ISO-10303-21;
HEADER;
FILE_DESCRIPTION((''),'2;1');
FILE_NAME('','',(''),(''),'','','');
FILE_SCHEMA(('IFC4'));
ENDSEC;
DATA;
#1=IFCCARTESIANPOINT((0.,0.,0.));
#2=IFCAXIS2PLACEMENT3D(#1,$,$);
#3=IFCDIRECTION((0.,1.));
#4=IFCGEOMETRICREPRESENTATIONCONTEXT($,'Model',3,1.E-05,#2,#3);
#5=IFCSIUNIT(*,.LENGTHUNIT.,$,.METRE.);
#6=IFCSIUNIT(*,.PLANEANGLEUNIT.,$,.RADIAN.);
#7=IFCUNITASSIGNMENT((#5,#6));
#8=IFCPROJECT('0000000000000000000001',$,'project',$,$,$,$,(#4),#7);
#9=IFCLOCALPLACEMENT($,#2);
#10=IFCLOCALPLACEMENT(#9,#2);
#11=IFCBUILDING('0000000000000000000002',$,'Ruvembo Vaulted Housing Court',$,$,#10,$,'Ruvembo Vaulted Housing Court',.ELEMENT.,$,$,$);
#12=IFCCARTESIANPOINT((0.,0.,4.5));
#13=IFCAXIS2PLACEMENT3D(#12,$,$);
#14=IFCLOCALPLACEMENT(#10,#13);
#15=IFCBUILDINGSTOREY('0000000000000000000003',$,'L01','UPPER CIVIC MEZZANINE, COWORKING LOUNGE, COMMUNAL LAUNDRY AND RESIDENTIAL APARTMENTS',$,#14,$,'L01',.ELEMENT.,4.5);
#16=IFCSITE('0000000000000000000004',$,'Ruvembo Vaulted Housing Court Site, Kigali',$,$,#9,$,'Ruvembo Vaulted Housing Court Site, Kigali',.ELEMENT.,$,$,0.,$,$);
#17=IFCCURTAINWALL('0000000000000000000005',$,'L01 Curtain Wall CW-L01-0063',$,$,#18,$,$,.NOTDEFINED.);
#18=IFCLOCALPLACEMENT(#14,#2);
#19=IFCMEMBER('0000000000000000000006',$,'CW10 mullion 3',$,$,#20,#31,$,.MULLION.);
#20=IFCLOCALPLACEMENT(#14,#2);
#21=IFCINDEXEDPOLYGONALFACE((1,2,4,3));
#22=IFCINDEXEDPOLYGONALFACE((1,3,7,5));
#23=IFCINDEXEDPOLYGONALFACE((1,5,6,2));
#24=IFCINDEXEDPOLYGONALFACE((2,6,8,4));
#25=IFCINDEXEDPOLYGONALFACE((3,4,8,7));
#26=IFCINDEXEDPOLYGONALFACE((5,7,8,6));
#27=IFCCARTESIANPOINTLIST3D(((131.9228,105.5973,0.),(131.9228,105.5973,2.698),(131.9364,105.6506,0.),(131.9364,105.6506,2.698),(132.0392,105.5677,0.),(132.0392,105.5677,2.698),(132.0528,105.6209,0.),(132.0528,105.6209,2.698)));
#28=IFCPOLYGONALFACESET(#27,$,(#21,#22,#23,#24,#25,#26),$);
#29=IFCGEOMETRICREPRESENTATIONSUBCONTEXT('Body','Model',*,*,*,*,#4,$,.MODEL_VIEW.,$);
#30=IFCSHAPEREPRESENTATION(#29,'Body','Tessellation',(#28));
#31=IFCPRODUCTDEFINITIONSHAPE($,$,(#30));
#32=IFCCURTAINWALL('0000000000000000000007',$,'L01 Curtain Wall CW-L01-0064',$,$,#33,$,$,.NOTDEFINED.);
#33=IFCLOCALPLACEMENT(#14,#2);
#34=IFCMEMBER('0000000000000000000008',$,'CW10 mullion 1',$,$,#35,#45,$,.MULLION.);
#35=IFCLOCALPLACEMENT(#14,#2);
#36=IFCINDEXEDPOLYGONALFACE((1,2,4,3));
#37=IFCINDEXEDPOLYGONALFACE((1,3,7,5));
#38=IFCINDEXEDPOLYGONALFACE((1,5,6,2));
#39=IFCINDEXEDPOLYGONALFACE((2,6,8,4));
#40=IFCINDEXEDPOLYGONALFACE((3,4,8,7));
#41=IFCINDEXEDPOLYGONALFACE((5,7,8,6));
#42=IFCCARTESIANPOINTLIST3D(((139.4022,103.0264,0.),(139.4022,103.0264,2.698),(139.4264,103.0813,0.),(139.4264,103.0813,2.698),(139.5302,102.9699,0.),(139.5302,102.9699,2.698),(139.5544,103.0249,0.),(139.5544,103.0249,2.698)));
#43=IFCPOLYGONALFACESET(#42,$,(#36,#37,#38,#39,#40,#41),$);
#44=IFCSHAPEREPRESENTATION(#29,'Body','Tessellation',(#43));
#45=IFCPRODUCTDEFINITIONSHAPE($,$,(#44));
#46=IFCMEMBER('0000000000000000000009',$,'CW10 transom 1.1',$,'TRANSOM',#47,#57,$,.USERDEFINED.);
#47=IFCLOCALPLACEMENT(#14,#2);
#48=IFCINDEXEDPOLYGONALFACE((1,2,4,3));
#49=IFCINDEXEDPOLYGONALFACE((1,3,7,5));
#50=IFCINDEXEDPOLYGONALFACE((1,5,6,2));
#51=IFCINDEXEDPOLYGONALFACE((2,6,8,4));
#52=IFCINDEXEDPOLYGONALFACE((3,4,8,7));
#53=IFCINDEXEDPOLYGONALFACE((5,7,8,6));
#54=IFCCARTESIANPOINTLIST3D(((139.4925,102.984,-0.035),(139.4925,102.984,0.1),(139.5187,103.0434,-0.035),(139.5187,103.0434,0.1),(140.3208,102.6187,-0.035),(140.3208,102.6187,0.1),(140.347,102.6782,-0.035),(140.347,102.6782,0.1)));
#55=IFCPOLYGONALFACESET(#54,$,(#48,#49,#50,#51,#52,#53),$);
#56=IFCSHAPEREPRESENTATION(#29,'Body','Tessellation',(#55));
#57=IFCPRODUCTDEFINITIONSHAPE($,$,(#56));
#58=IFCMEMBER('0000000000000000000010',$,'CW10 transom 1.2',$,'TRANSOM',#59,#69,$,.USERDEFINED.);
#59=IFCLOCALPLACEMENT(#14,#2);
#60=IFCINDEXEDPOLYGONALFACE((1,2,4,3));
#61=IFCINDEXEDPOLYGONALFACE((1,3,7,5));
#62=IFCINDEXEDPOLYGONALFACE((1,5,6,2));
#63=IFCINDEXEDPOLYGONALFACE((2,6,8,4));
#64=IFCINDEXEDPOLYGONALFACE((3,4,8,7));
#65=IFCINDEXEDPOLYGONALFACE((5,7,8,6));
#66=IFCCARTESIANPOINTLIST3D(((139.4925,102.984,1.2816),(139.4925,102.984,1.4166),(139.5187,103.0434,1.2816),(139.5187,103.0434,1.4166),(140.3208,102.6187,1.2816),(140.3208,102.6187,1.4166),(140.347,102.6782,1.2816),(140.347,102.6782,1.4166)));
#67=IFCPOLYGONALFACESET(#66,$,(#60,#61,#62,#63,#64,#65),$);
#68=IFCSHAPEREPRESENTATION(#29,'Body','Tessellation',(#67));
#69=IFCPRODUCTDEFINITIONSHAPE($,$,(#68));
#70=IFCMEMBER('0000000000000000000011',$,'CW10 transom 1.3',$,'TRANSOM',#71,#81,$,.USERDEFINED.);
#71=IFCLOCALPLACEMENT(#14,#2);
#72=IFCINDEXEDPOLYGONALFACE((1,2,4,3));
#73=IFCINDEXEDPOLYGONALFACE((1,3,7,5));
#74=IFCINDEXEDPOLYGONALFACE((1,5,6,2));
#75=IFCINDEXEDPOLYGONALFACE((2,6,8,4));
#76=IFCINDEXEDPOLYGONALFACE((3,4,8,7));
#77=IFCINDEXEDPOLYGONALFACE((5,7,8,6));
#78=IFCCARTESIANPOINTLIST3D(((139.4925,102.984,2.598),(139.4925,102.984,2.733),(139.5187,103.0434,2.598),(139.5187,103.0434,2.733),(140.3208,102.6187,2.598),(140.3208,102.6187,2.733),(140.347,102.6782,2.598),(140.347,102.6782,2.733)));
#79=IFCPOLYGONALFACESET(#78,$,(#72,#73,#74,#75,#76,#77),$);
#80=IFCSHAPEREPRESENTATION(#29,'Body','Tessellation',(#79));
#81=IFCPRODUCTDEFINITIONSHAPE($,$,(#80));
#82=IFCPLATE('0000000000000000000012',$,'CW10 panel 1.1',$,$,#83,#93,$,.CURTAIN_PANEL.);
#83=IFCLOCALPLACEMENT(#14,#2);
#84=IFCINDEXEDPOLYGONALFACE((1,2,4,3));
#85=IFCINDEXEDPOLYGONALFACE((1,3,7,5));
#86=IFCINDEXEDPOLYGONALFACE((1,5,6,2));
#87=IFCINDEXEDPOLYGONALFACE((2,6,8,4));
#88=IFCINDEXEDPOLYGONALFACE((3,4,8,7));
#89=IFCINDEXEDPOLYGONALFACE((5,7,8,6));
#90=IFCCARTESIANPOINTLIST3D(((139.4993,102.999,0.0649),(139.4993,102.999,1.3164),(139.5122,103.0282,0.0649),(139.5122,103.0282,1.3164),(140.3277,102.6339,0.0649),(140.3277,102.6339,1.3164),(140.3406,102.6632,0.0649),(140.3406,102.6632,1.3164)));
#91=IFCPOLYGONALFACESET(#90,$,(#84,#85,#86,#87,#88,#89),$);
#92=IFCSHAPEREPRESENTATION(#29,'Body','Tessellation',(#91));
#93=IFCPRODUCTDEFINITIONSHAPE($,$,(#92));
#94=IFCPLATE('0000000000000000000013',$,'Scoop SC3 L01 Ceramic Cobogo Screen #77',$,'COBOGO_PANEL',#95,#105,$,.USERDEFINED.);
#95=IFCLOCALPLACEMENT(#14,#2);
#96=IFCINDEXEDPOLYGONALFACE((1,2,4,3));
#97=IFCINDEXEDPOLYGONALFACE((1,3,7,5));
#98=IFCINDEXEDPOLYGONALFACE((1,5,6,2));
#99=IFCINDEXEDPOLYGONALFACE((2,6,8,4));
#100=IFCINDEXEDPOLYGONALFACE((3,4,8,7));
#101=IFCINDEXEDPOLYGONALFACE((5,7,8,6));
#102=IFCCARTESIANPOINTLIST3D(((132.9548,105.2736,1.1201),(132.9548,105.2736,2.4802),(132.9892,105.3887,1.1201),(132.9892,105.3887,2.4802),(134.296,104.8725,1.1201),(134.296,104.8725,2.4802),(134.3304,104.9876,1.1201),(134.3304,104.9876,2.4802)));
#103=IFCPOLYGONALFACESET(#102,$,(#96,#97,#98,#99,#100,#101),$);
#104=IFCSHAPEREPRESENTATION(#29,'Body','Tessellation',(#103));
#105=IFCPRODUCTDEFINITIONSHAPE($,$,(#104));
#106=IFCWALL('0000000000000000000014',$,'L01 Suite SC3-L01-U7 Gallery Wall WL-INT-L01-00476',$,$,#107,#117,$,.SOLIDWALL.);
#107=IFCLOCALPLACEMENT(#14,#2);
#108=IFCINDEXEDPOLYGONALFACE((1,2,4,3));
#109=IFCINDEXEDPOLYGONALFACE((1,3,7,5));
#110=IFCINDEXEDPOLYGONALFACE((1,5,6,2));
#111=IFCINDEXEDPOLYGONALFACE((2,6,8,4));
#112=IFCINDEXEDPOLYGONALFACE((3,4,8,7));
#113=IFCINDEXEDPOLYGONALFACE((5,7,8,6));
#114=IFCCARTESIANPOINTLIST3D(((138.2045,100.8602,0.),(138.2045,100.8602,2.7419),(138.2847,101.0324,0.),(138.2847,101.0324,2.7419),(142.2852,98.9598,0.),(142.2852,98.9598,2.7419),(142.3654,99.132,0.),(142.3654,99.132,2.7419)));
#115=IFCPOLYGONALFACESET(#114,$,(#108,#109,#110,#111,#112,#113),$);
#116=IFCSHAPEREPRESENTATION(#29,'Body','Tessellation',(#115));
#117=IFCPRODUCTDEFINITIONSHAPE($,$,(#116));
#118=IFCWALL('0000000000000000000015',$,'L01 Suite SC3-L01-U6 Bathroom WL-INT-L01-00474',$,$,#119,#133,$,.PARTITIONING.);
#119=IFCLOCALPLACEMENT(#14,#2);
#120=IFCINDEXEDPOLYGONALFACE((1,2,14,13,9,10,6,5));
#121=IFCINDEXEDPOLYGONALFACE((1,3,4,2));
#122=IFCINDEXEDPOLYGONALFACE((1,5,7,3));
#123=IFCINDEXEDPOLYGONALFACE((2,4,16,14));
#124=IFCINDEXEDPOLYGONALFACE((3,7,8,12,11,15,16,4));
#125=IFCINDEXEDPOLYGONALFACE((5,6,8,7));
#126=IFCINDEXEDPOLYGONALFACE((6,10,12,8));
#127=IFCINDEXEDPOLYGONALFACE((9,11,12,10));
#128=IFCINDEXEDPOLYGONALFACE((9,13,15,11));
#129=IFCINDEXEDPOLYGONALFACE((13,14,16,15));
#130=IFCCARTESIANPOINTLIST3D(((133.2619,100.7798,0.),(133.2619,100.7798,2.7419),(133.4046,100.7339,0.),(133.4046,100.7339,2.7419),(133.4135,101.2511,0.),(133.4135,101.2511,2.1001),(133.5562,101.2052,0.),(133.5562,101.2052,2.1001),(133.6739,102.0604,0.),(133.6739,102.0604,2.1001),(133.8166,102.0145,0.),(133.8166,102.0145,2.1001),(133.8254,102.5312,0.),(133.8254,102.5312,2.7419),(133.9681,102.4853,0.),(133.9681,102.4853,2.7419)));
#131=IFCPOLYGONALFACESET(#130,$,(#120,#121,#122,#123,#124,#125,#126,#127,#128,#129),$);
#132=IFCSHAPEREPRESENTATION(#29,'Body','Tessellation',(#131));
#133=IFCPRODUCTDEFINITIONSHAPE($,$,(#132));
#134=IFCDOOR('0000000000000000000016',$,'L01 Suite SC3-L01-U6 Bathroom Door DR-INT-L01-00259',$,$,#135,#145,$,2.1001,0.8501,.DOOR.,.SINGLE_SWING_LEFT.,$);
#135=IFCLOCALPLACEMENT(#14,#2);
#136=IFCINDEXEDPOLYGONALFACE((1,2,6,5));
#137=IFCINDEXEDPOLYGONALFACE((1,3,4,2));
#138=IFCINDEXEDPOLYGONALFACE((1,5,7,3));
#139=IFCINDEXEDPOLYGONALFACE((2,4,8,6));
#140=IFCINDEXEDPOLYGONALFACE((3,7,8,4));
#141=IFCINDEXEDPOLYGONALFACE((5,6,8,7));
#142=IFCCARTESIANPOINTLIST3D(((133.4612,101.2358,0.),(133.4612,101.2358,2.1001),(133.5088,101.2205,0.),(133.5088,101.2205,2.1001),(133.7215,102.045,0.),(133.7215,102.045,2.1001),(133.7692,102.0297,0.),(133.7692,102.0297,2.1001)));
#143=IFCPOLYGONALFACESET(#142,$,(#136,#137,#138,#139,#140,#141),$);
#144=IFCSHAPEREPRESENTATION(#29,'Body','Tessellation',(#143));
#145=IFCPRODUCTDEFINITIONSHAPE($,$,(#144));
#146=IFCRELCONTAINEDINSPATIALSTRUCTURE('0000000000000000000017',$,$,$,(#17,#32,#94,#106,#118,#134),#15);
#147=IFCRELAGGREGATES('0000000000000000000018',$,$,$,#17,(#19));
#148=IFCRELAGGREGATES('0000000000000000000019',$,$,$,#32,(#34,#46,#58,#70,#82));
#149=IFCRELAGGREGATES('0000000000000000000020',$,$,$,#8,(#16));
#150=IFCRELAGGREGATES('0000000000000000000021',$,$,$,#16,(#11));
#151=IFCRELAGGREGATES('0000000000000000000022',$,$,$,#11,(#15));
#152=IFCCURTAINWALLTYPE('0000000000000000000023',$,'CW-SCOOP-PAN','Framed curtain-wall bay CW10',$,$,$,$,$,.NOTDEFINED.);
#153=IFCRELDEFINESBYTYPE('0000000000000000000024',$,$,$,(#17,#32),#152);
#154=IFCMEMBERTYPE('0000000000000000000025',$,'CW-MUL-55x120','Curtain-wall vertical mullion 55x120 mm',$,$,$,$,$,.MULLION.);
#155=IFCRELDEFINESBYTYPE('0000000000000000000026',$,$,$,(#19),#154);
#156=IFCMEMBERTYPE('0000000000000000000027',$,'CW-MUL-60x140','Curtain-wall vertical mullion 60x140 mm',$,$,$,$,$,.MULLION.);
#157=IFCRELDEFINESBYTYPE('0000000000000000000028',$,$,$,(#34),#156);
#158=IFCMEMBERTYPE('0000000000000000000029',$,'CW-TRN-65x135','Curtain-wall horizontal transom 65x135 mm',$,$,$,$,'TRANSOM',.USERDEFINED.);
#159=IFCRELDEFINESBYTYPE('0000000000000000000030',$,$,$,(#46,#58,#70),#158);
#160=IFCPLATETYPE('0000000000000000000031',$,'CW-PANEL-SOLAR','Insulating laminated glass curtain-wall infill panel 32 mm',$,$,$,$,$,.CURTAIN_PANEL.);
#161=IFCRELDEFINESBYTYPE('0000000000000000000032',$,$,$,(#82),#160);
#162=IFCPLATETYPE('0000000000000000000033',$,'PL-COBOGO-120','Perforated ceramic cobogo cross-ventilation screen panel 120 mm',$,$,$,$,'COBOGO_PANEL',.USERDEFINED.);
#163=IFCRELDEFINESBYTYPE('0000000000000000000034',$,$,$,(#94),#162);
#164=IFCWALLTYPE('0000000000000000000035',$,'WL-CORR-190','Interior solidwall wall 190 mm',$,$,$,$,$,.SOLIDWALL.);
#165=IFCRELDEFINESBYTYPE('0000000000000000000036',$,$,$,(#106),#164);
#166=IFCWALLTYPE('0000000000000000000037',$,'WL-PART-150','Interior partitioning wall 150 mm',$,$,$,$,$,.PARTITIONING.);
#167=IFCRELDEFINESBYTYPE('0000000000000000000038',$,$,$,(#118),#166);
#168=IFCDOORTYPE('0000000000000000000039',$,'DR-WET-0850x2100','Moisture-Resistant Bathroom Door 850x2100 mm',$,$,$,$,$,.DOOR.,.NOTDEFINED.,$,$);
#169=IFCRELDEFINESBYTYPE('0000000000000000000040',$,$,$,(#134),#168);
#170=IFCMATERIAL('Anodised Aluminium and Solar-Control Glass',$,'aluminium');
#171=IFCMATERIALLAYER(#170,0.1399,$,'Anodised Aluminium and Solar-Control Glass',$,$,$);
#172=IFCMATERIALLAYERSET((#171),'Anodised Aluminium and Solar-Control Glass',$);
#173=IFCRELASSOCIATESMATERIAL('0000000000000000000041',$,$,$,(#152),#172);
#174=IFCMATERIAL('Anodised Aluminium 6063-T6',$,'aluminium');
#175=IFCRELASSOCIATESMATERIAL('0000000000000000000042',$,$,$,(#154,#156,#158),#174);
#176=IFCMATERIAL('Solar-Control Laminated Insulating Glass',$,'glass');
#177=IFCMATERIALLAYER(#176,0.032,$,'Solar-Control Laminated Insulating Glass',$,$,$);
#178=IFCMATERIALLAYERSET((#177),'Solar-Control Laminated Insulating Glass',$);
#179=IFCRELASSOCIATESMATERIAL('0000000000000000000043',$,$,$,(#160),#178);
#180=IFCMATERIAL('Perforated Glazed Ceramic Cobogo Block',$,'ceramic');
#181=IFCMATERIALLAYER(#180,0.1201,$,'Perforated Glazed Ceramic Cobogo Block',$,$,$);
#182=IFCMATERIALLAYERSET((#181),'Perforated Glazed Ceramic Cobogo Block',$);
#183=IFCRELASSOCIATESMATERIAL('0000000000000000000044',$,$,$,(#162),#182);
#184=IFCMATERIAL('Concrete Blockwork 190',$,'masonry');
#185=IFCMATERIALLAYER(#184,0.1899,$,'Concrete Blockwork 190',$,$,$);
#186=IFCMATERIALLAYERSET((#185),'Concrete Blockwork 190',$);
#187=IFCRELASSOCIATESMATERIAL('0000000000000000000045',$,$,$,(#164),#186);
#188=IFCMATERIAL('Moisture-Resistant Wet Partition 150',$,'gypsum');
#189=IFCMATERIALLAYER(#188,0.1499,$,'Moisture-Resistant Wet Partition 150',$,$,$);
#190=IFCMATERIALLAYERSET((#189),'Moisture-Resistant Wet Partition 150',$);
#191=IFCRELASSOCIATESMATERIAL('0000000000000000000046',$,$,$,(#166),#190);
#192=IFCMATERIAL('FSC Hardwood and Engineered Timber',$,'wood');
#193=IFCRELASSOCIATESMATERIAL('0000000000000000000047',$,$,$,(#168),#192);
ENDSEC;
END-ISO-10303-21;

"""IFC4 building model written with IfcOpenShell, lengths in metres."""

from ifc_helpers import new_model, si_unit, direction, frame, frame_2d, origin, origin_2d, place, context, subcontext, project, spatial, rectangle, extrude, material, layer, layer_set, material_profile, profile_set, type_object, element, fill, aggregate, save


model = new_model("IFC4")

# Units and contexts
model_context = context("Model", 3, precision=1e-05, world=origin(), true_north=direction((0.0, 1.0)))
body_context = subcontext(model_context, "Body", "Model", "MODEL_VIEW")
ifc_project = project(units=[si_unit("LENGTHUNIT", "METRE"), si_unit("PLANEANGLEUNIT", "RADIAN")], contexts=[model_context])

# Site, building, storey
site_placement = place(None, origin())
site = spatial("IfcSite", under=ifc_project, at=site_placement, Name="Ruvembo Vaulted Housing Court Site, Kigali", LongName="Ruvembo Vaulted Housing Court Site, Kigali", CompositionType="ELEMENT", RefElevation=0.0)
building_placement = place(site_placement, origin())
building = spatial("IfcBuilding", under=site, at=building_placement, Name="Ruvembo Vaulted Housing Court", LongName="Ruvembo Vaulted Housing Court", CompositionType="ELEMENT")
storey_placement = place(building_placement, frame((0.0, 0.0, 4.5)))
storey = spatial("IfcBuildingStorey", under=building, at=storey_placement, Name="L01", Description="UPPER CIVIC MEZZANINE, COWORKING LOUNGE, COMMUNAL LAUNDRY AND RESIDENTIAL APARTMENTS", LongName="L01", CompositionType="ELEMENT", Elevation=4.5)

# Curtain wall, member
ifc_material_1 = material(Name="Anodised Aluminium and Solar-Control Glass", Category="aluminium")
ifc_layer_1 = layer(ifc_material_1, 0.1399, Name="Anodised Aluminium and Solar-Control Glass")
ifc_layer_set_1 = layer_set([ifc_layer_1], Name="Anodised Aluminium and Solar-Control Glass")
curtain_wall_type = type_object("IfcCurtainWallType", Name="CW-SCOOP-PAN", Description="Framed curtain-wall bay CW10", PredefinedType="NOTDEFINED", material=ifc_layer_set_1)
curtain_wall_1_placement = place(storey_placement, origin())
curtain_wall_1 = element("IfcCurtainWall", 1, at=curtain_wall_1_placement, inside=storey, type_object=curtain_wall_type, Name="L01 Curtain Wall CW-L01-0063", PredefinedType="NOTDEFINED")
ifc_material_2 = material(Name="Anodised Aluminium 6063-T6", Category="aluminium")
ifc_material_profile_1 = material_profile(ifc_material_2, rectangle(XDim=0.0549, YDim=0.1201, at=origin_2d()), Name="ALU 55x120")
ifc_profile_set_1 = profile_set([ifc_material_profile_1], Name="Anodised Aluminium 6063-T6")
member_type_1 = type_object("IfcMemberType", Name="CW-MUL-55x120", Description="Curtain-wall vertical mullion 55x120 mm", PredefinedType="MULLION", material=ifc_profile_set_1)
member_1_placement = place(storey_placement, frame((131.9878, 105.6091, 0.0), z_axis=(0.0, 0.0, 1.0), x_axis=(0.246481, 0.969148, 0.0)))
member_1 = element("IfcMember", 2, at=member_1_placement, type_object=member_type_1, Name="CW10 mullion 3", PredefinedType="MULLION", context=body_context, shape_type="SweptSolid", body=[
    extrude(rectangle(XDim=0.0549, YDim=0.1201, at=origin_2d()), origin(), (0.0, 0.0, 1.0), 2.698),
])
aggregate(curtain_wall_1, [member_1])

# Curtain wall, members, plate
curtain_wall_2_placement = place(storey_placement, origin())
curtain_wall_2 = element("IfcCurtainWall", 3, at=curtain_wall_2_placement, inside=storey, type_object=curtain_wall_type, Name="L01 Curtain Wall CW-L01-0064", PredefinedType="NOTDEFINED")
ifc_material_profile_2 = material_profile(ifc_material_2, rectangle(XDim=0.0601, YDim=0.1399, at=origin_2d()), Name="ALU 60x140")
ifc_profile_set_2 = profile_set([ifc_material_profile_2], Name="Anodised Aluminium 6063-T6")
member_type_2 = type_object("IfcMemberType", Name="CW-MUL-60x140", Description="Curtain-wall vertical mullion 60x140 mm", PredefinedType="MULLION", material=ifc_profile_set_2)
member_2_placement = place(storey_placement, frame((139.4783, 103.0256, 0.0), z_axis=(0.0, 0.0, 1.0), x_axis=(0.403265, 0.915083, 0.0)))
member_2 = element("IfcMember", 4, at=member_2_placement, type_object=member_type_2, Name="CW10 mullion 1", PredefinedType="MULLION", context=body_context, shape_type="SweptSolid", body=[
    extrude(rectangle(XDim=0.0601, YDim=0.1399, at=origin_2d()), origin(), (0.0, 0.0, 1.0), 2.698),
])
ifc_material_profile_3 = material_profile(ifc_material_2, rectangle(XDim=0.0649, YDim=0.135, at=origin_2d()), Name="ALU 65x135")
ifc_profile_set_3 = profile_set([ifc_material_profile_3], Name="Anodised Aluminium 6063-T6")
member_type_3 = type_object("IfcMemberType", Name="CW-TRN-65x135", Description="Curtain-wall horizontal transom 65x135 mm", ElementType="TRANSOM", PredefinedType="USERDEFINED", material=ifc_profile_set_3)
member_3_placement = place(storey_placement, frame((139.5056, 103.0137, 0.0325), z_axis=(0.915009, -0.403434, 0.0), x_axis=(0.403434, 0.915009, 0.0)))
member_3 = element("IfcMember", 5, at=member_3_placement, type_object=member_type_3, Name="CW10 transom 1.1", ObjectType="TRANSOM", PredefinedType="USERDEFINED", context=body_context, shape_type="SweptSolid", body=[
    extrude(rectangle(XDim=0.0649, YDim=0.135, at=origin_2d()), origin(), (0.0, 0.0, 1.0), 0.9053),
])
member_4_placement = place(storey_placement, frame((139.5056, 103.0137, 1.3491), z_axis=(0.915009, -0.403434, 0.0), x_axis=(0.403434, 0.915009, 0.0)))
member_4 = element("IfcMember", 6, at=member_4_placement, type_object=member_type_3, Name="CW10 transom 1.2", ObjectType="TRANSOM", PredefinedType="USERDEFINED", context=body_context, shape_type="SweptSolid", body=[
    extrude(rectangle(XDim=0.0649, YDim=0.135, at=origin_2d()), origin(), (0.0, 0.0, 1.0), 0.9053),
])
member_5_placement = place(storey_placement, frame((139.5056, 103.0137, 2.6655), z_axis=(0.915009, -0.403434, 0.0), x_axis=(0.403434, 0.915009, 0.0)))
member_5 = element("IfcMember", 7, at=member_5_placement, type_object=member_type_3, Name="CW10 transom 1.3", ObjectType="TRANSOM", PredefinedType="USERDEFINED", context=body_context, shape_type="SweptSolid", body=[
    extrude(rectangle(XDim=0.0649, YDim=0.135, at=origin_2d()), origin(), (0.0, 0.0, 1.0), 0.9053),
])
ifc_material_3 = material(Name="Solar-Control Laminated Insulating Glass", Category="glass")
ifc_layer_2 = layer(ifc_material_3, 0.032, Name="Solar-Control Laminated Insulating Glass")
ifc_layer_set_2 = layer_set([ifc_layer_2], Name="Solar-Control Laminated Insulating Glass")
plate_type_1 = type_object("IfcPlateType", Name="CW-PANEL-SOLAR", Description="Insulating laminated glass curtain-wall infill panel 32 mm", PredefinedType="CURTAIN_PANEL", material=ifc_layer_set_2)
plate_1_placement = place(storey_placement, frame((139.9199, 102.8311, 0.0649), z_axis=(0.0, 0.0, 1.0), x_axis=(0.915083, -0.403265, 0.0)))
plate_1 = element("IfcPlate", 8, at=plate_1_placement, type_object=plate_type_1, Name="CW10 panel 1.1", PredefinedType="CURTAIN_PANEL", context=body_context, shape_type="SweptSolid", body=[
    extrude(rectangle(XDim=0.9053, YDim=0.032, at=origin_2d()), origin(), (0.0, 0.0, 1.0), 1.2515),
])
aggregate(curtain_wall_2, [member_2, member_3, member_4, member_5, plate_1])

# Plate
ifc_material_4 = material(Name="Perforated Glazed Ceramic Cobogo Block", Category="ceramic")
ifc_layer_3 = layer(ifc_material_4, 0.1201, Name="Perforated Glazed Ceramic Cobogo Block")
ifc_layer_set_3 = layer_set([ifc_layer_3], Name="Perforated Glazed Ceramic Cobogo Block")
plate_type_2 = type_object("IfcPlateType", Name="PL-COBOGO-120", Description="Perforated ceramic cobogo cross-ventilation screen panel 120 mm", ElementType="COBOGO_PANEL", PredefinedType="USERDEFINED", material=ifc_layer_set_3)
plate_2_placement = place(storey_placement, frame((133.6426, 105.1306, 1.1201), z_axis=(0.0, 0.0, 1.0), x_axis=(0.958078, -0.286508, 0.0)))
element("IfcPlate", 9, at=plate_2_placement, inside=storey, type_object=plate_type_2, Name="Scoop SC3 L01 Ceramic Cobogo Screen #77", ObjectType="COBOGO_PANEL", PredefinedType="USERDEFINED", context=body_context, shape_type="SweptSolid", body=[
    extrude(rectangle(XDim=1.3999, YDim=0.1201, at=origin_2d()), origin(), (0.0, 0.0, 1.0), 1.3601),
])

# Shared definitions
ifc_material_5 = material(Name="Concrete Blockwork 190", Category="masonry")
ifc_layer_4 = layer(ifc_material_5, 0.1899, Name="Concrete Blockwork 190")
ifc_layer_set_4 = layer_set([ifc_layer_4], Name="Concrete Blockwork 190")
wall_type_1 = type_object("IfcWallType", Name="WL-CORR-190", Description="Interior solidwall wall 190 mm", PredefinedType="SOLIDWALL", material=ifc_layer_set_4)
ifc_material_6 = material(Name="FSC Hardwood and Engineered Timber", Category="wood")

# Wall
wall_1_placement = place(storey_placement, frame((138.2446, 100.9463, 0.0), z_axis=(0.0, 0.0, 1.0), x_axis=(0.906513, -0.422179, 0.0)))
element("IfcWall", 10, at=wall_1_placement, inside=storey, type_object=wall_type_1, Name="L01 Suite SC3-L01-U7 Gallery Wall WL-INT-L01-00476", PredefinedType="SOLIDWALL", context=body_context, shape_type="SweptSolid", body=[
    extrude(rectangle(XDim=4.5015, YDim=0.1899, at=frame_2d((2.2507, 0.0))), origin(), (0.0, 0.0, 1.0), 2.7419),
])

# Wall, opening, door
ifc_material_7 = material(Name="Moisture-Resistant Wet Partition 150", Category="gypsum")
ifc_layer_5 = layer(ifc_material_7, 0.1499, Name="Moisture-Resistant Wet Partition 150")
ifc_layer_set_5 = layer_set([ifc_layer_5], Name="Moisture-Resistant Wet Partition 150")
wall_type_2 = type_object("IfcWallType", Name="WL-PART-150", Description="Interior partitioning wall 150 mm", PredefinedType="PARTITIONING", material=ifc_layer_set_5)
wall_2_placement = place(storey_placement, frame((133.3333, 100.7568, 0.0), z_axis=(0.0, 0.0, 1.0), x_axis=(0.306258, 0.951948, 0.0)))
wall_2 = element("IfcWall", 11, at=wall_2_placement, inside=storey, type_object=wall_type_2, Name="L01 Suite SC3-L01-U6 Bathroom WL-INT-L01-00474", PredefinedType="PARTITIONING", context=body_context, shape_type="SweptSolid", body=[
    extrude(rectangle(XDim=1.8398, YDim=0.1499, at=frame_2d((0.9199, 0.0))), origin(), (0.0, 0.0, 1.0), 2.7419),
])
opening_1_placement = place(wall_2_placement, frame((0.4951, 0.0, 0.0)))
opening_1 = element("IfcOpeningElement", 12, at=opening_1_placement, cuts=wall_2, PredefinedType="OPENING", context=body_context, shape_type="SweptSolid", body=[
    extrude(rectangle(XDim=0.8501, YDim=2.1001, at=frame_2d((0.425, 1.05))), frame((0.0, 0.085, 0.0), z_axis=(0.0, -1.0, 0.0), x_axis=(1.0, 0.0, 0.0)), (0.0, 0.0, 1.0), 0.1699),
])
door_type_1 = type_object("IfcDoorType", Name="DR-WET-0850x2100", Description="Moisture-Resistant Bathroom Door 850x2100 mm", OperationType="NOTDEFINED", PredefinedType="DOOR", material=ifc_material_6)
door_1_placement = place(opening_1_placement, origin())
door_1 = element("IfcDoor", 13, at=door_1_placement, inside=storey, type_object=door_type_1, Name="L01 Suite SC3-L01-U6 Bathroom Door DR-INT-L01-00259", OperationType="SINGLE_SWING_LEFT", OverallHeight=2.1001, OverallWidth=0.8501, PredefinedType="DOOR", context=body_context, shape_type="SweptSolid", body=[
    extrude(rectangle(XDim=0.8501, YDim=2.1001, at=frame_2d((0.425, 1.05))), frame((0.0, 0.0249, 0.0), z_axis=(0.0, -1.0, 0.0), x_axis=(1.0, 0.0, 0.0)), (0.0, 0.0, 1.0), 0.05),
])
fill(opening_1, door_1)

save(model, "model.ifc")
